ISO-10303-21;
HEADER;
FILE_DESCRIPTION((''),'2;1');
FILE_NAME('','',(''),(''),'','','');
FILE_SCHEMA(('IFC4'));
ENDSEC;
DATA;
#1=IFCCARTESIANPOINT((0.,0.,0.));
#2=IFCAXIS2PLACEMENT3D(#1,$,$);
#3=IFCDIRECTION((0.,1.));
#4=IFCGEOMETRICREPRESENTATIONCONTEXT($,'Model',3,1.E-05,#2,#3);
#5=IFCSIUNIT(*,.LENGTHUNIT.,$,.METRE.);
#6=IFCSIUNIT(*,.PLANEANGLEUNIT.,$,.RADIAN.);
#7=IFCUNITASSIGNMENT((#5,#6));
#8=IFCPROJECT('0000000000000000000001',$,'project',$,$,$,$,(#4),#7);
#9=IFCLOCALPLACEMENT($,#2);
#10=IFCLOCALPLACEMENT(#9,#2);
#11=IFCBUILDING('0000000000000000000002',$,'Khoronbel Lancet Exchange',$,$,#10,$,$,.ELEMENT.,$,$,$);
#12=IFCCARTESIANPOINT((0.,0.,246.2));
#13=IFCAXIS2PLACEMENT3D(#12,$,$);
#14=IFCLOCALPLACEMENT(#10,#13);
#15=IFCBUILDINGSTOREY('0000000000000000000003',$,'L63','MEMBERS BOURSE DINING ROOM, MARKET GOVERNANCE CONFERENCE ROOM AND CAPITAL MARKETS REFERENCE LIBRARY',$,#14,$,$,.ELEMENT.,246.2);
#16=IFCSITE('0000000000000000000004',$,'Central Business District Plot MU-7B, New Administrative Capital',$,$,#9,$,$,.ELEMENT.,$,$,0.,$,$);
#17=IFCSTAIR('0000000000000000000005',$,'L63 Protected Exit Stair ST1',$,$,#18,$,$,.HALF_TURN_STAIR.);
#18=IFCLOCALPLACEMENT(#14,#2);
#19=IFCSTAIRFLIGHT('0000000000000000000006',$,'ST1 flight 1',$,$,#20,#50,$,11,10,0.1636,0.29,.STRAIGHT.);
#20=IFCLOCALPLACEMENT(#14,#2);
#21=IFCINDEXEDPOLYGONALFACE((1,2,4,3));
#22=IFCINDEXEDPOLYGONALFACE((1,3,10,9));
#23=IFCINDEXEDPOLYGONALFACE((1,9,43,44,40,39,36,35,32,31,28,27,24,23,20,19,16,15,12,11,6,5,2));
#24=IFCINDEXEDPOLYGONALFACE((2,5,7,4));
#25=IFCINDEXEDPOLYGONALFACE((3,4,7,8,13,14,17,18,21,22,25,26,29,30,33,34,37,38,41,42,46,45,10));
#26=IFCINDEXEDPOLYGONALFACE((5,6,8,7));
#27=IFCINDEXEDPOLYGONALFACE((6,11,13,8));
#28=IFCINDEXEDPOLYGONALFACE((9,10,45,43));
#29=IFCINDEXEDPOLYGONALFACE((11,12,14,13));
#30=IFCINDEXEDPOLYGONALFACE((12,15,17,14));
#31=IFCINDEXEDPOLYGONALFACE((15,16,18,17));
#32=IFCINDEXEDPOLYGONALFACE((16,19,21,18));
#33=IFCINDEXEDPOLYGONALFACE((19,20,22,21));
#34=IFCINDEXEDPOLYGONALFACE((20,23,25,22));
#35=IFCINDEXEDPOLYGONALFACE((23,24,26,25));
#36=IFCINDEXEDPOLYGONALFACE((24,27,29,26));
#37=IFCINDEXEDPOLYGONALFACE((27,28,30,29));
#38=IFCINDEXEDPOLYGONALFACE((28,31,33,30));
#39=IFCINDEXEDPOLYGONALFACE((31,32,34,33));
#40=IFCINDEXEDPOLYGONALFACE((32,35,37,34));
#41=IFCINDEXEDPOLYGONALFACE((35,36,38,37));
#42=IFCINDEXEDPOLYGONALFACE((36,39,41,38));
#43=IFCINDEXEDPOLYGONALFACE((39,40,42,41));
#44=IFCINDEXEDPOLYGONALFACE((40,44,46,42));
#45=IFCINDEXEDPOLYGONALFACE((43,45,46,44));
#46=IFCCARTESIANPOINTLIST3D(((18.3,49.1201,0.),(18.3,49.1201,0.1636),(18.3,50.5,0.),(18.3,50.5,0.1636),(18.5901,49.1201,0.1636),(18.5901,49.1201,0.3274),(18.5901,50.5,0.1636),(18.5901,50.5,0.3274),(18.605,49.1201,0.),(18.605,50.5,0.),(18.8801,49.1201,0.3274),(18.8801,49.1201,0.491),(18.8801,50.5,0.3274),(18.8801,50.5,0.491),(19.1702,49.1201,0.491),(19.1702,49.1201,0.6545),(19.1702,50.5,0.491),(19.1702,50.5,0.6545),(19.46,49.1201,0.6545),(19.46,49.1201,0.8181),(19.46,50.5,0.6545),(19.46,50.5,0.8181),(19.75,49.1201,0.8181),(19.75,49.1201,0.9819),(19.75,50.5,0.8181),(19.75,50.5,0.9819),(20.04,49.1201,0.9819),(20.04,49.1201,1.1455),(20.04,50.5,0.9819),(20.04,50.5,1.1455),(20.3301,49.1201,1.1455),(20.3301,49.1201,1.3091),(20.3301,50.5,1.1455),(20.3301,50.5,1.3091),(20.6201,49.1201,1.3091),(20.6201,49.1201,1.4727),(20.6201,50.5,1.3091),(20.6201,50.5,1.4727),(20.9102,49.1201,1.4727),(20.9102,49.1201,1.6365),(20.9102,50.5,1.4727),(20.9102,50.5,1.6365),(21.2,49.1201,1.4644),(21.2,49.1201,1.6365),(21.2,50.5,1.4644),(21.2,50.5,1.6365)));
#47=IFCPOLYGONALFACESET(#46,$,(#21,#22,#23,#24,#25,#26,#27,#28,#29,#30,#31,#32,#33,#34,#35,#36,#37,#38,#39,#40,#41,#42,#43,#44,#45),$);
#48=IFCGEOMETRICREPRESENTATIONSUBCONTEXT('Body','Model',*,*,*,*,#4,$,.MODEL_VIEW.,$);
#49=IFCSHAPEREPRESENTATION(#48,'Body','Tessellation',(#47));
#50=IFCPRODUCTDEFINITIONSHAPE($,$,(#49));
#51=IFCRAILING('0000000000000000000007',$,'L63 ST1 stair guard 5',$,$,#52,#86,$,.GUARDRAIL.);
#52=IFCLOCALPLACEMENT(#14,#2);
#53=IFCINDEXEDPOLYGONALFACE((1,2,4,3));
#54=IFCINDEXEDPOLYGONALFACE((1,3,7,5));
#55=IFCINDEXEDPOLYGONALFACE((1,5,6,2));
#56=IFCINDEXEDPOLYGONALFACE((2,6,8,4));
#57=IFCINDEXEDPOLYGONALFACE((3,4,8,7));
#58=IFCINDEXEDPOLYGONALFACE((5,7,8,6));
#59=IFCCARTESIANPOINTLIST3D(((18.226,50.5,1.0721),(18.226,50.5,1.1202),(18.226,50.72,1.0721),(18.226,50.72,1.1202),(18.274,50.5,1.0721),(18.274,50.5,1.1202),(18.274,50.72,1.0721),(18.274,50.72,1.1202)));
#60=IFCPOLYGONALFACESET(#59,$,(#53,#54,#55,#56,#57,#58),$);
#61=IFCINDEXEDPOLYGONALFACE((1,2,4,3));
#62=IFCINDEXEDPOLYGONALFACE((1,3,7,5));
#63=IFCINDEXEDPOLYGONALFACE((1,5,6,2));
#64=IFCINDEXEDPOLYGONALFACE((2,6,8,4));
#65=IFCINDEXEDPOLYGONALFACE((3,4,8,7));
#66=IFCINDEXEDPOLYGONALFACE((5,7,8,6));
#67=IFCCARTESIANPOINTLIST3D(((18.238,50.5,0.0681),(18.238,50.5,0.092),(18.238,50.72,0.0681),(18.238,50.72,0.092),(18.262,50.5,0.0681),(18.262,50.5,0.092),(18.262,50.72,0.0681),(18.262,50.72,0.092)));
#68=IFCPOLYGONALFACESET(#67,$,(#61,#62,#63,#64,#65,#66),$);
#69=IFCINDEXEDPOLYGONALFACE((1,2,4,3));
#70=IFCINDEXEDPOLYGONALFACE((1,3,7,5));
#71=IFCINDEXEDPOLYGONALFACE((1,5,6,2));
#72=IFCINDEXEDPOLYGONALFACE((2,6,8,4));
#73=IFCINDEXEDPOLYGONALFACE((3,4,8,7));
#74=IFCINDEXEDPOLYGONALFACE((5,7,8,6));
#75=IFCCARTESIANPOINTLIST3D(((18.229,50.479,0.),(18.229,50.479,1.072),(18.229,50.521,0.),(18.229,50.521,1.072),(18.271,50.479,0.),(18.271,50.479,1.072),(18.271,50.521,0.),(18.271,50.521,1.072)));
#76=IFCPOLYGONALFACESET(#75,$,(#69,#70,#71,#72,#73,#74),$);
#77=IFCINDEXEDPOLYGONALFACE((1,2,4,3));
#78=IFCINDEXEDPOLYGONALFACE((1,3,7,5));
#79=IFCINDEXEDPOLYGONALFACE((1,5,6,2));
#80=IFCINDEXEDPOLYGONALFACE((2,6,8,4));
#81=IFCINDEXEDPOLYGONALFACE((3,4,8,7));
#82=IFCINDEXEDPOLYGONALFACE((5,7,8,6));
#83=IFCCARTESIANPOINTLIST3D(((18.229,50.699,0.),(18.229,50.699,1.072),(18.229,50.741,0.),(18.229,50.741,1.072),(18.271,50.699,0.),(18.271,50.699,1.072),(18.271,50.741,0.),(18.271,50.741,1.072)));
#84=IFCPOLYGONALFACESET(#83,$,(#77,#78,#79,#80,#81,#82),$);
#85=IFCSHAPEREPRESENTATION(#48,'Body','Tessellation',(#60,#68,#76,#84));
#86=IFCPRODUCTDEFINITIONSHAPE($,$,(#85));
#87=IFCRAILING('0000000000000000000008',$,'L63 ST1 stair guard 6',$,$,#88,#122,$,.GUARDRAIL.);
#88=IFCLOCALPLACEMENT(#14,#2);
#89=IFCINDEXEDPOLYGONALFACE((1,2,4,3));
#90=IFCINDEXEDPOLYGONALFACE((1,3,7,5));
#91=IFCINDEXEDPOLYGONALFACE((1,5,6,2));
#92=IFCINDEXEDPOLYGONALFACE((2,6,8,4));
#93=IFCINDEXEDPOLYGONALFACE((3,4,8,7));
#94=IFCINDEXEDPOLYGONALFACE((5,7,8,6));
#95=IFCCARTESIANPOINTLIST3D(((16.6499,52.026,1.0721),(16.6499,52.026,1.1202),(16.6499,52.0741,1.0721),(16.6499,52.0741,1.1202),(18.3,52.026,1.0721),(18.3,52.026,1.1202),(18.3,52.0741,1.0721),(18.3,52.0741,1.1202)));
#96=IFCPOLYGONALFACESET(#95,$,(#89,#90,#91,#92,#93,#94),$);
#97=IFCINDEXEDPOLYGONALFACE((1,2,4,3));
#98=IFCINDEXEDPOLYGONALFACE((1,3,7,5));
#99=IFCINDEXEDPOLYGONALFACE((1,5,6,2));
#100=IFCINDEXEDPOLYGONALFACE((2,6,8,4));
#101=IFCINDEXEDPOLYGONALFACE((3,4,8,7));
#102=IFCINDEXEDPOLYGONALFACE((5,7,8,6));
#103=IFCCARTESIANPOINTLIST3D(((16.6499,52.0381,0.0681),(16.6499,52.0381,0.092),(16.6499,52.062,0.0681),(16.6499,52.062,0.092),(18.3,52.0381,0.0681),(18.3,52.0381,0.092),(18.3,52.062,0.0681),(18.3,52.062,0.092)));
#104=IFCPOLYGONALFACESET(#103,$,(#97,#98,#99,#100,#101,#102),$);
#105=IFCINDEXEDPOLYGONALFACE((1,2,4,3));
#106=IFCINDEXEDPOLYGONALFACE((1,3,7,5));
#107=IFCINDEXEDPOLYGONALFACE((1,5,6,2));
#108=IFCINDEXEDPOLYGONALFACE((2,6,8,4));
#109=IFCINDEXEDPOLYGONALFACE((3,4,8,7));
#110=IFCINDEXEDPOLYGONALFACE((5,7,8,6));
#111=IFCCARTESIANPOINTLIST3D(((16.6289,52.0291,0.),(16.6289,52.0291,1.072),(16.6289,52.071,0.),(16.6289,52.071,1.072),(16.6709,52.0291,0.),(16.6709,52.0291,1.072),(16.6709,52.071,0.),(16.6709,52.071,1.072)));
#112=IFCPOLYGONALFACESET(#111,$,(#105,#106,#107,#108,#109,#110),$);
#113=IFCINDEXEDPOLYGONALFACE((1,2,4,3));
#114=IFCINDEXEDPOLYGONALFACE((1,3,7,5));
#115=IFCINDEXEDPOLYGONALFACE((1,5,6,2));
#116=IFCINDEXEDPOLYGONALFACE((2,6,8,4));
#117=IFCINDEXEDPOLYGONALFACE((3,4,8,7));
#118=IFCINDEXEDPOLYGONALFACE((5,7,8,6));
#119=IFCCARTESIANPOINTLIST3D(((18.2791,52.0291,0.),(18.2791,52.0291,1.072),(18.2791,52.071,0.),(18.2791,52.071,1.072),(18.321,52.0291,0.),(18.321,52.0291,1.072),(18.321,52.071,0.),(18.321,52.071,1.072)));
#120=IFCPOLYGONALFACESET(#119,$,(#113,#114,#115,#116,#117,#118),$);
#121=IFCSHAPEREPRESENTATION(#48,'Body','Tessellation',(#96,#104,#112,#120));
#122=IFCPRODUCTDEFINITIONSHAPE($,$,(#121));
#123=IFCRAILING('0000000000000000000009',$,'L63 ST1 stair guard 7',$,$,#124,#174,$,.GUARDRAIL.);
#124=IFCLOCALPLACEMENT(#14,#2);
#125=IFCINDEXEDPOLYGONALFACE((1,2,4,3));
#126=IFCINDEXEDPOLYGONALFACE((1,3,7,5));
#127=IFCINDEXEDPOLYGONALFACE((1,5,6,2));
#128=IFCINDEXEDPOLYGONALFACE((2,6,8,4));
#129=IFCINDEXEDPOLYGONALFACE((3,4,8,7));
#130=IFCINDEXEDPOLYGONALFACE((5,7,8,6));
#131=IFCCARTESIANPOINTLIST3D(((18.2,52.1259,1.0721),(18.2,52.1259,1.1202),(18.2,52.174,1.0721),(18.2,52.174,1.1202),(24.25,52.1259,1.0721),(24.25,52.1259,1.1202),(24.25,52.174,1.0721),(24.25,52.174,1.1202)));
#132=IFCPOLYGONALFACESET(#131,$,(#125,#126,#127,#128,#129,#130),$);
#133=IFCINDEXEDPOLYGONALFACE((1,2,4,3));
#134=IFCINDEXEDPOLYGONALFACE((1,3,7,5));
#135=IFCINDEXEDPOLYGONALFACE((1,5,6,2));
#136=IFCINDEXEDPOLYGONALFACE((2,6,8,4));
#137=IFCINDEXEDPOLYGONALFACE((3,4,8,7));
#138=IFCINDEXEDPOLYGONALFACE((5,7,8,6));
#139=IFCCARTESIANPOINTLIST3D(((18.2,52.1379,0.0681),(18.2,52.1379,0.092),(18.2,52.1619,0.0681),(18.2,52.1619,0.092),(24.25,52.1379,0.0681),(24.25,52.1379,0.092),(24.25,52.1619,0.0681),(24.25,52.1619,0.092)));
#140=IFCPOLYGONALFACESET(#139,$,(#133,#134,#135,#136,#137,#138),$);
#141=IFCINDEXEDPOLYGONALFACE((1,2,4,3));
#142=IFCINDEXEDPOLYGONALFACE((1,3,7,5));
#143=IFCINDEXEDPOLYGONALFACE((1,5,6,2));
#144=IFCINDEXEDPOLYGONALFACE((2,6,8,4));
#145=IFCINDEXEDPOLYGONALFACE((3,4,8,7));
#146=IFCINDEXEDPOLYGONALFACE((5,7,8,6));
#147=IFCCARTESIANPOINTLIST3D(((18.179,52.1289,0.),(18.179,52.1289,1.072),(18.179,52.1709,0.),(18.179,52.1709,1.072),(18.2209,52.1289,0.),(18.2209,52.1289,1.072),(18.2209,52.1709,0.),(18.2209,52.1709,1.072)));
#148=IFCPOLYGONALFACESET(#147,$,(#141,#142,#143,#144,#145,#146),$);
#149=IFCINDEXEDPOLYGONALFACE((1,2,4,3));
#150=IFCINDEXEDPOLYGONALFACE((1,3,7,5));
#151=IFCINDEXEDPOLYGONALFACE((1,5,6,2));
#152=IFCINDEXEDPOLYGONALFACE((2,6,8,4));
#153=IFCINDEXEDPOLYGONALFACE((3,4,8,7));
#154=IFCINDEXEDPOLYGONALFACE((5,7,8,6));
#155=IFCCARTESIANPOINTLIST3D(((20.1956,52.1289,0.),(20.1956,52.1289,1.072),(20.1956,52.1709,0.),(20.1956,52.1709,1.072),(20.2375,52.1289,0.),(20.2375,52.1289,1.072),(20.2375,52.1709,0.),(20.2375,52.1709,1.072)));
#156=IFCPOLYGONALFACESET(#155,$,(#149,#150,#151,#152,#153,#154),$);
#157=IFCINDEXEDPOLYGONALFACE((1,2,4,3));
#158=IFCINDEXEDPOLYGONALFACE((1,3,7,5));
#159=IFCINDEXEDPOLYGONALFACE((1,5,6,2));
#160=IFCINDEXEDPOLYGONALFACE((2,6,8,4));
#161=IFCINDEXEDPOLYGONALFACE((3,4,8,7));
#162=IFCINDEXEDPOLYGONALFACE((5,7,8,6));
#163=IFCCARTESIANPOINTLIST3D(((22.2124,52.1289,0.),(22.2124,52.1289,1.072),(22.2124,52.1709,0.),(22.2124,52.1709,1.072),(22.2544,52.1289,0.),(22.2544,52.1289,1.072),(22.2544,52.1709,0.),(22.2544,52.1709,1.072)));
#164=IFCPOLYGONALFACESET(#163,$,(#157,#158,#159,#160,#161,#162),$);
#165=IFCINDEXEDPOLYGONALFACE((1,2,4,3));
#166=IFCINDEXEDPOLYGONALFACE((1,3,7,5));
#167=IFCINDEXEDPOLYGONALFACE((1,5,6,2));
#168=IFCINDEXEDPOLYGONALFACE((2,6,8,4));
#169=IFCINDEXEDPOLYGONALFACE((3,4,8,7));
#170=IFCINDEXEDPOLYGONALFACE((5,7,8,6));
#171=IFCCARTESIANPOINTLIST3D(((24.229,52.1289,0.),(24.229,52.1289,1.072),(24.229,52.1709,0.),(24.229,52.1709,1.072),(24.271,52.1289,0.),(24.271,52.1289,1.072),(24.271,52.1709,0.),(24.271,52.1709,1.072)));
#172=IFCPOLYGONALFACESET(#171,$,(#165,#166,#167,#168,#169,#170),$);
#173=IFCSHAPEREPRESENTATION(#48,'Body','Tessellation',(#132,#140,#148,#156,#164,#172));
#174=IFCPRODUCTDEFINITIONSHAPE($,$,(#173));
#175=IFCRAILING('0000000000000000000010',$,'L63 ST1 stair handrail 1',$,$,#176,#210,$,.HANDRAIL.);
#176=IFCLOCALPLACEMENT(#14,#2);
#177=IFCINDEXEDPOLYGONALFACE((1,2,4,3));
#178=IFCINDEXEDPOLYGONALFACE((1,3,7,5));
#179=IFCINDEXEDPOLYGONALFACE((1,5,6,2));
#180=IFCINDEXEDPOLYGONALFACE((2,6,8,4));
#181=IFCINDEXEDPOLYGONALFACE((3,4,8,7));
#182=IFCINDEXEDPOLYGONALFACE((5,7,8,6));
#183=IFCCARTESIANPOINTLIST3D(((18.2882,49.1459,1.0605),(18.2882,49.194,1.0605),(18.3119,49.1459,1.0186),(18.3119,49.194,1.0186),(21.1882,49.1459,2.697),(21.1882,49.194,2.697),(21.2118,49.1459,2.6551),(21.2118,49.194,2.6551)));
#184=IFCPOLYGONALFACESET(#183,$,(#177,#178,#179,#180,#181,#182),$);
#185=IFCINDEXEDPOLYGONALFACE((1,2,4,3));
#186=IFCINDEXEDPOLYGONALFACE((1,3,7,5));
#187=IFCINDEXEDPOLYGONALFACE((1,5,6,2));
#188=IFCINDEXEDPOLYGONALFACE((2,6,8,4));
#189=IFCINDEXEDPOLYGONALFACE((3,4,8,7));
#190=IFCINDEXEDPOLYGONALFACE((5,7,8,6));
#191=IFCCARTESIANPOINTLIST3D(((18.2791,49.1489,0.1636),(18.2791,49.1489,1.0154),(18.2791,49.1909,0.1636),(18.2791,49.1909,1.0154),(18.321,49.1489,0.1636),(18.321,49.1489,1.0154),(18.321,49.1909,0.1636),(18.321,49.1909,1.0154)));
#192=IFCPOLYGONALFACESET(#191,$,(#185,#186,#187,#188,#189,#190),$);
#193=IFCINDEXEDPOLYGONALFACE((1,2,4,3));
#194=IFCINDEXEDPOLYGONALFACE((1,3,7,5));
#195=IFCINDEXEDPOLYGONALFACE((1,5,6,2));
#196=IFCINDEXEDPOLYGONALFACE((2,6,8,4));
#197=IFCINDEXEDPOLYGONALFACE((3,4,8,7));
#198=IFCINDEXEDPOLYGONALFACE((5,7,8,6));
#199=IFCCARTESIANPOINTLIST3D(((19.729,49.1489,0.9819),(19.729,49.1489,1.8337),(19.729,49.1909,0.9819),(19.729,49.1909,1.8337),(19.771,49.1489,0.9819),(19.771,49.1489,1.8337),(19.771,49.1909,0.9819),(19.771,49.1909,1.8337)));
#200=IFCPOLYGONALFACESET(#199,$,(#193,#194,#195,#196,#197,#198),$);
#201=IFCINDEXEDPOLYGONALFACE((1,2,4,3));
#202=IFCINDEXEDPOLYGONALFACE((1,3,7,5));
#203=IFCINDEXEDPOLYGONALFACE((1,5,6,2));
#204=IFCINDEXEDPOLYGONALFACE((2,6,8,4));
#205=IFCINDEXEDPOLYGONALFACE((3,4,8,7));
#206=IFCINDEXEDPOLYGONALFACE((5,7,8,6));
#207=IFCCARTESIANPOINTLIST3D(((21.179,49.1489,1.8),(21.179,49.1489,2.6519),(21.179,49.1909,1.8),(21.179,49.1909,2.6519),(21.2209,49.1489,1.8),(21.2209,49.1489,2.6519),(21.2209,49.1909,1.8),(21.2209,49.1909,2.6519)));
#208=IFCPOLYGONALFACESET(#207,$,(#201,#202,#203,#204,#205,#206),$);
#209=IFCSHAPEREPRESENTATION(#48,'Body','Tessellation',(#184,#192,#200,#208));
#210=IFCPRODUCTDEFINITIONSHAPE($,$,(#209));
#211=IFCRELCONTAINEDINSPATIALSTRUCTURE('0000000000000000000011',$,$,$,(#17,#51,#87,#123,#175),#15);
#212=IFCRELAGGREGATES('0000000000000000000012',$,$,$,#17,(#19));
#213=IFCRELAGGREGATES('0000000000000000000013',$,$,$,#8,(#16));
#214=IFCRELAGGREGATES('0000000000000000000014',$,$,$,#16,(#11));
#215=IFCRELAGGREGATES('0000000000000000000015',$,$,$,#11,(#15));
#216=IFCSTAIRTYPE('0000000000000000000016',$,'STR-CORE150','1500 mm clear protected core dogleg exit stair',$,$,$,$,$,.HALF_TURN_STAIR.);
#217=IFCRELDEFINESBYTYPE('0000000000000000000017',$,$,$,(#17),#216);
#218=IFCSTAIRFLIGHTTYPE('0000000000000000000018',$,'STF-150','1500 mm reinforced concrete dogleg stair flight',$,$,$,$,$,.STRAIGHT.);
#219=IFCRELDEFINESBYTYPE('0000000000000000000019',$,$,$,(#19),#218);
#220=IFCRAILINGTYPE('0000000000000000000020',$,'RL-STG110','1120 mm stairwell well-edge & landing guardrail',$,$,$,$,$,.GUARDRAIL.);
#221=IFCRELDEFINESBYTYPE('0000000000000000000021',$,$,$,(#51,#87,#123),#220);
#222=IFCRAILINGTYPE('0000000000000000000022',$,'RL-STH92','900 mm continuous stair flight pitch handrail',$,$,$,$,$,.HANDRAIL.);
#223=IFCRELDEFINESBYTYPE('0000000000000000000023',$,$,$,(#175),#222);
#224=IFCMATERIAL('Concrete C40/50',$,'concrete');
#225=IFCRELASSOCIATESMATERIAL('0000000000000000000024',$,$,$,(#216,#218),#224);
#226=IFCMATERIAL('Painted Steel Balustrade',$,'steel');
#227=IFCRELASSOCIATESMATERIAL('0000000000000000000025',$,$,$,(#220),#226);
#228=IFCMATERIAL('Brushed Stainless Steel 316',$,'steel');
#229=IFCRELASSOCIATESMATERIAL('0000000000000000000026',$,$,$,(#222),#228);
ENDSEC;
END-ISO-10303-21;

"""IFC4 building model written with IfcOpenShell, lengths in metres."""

from ifc_helpers import new_model, si_unit, direction, frame, origin, origin_2d, place, context, subcontext, project, spatial, polyline, rectangle, outline, extrude, material, type_object, element, aggregate, save


model = new_model("IFC4")

# Units and contexts
model_context = context("Model", 3, precision=1e-05, world=origin(), true_north=direction((0.0, 1.0)))
body_context = subcontext(model_context, "Body", "Model", "MODEL_VIEW")
ifc_project = project(units=[si_unit("LENGTHUNIT", "METRE"), si_unit("PLANEANGLEUNIT", "RADIAN")], contexts=[model_context])

# Site, building, storey
site_placement = place(None, origin())
site = spatial("IfcSite", under=ifc_project, at=site_placement, Name="Central Business District Plot MU-7B, New Administrative Capital", CompositionType="ELEMENT", RefElevation=0.0)
building_placement = place(site_placement, origin())
building = spatial("IfcBuilding", under=site, at=building_placement, Name="Khoronbel Lancet Exchange", CompositionType="ELEMENT")
storey_placement = place(building_placement, frame((0.0, 0.0, 246.2)))
storey = spatial("IfcBuildingStorey", under=building, at=storey_placement, Name="L63", Description="MEMBERS BOURSE DINING ROOM, MARKET GOVERNANCE CONFERENCE ROOM AND CAPITAL MARKETS REFERENCE LIBRARY", CompositionType="ELEMENT", Elevation=246.2)

# Stair, stair flight
ifc_material_1 = material(Name="Concrete C40/50", Category="concrete")
stair_type = type_object("IfcStairType", Name="STR-CORE150", Description="1500 mm clear protected core dogleg exit stair", PredefinedType="HALF_TURN_STAIR", material=ifc_material_1)
stair_placement = place(storey_placement, origin())
stair = element("IfcStair", 1, at=stair_placement, inside=storey, type_object=stair_type, Name="L63 Protected Exit Stair ST1", PredefinedType="HALF_TURN_STAIR")
stair_flight_type = type_object("IfcStairFlightType", Name="STF-150", Description="1500 mm reinforced concrete dogleg stair flight", PredefinedType="STRAIGHT", material=ifc_material_1)
stair_flight_placement = place(storey_placement, frame((18.3, 49.8101, 0.0), z_axis=(0.0, 0.0, 1.0), x_axis=(1.0, 0.0, 0.0)))
stair_flight = element("IfcStairFlight", 2, at=stair_flight_placement, type_object=stair_flight_type, Name="ST1 flight 1", NumberOfRisers=11, NumberOfTreads=10, PredefinedType="STRAIGHT", RiserHeight=0.1636, TreadLength=0.29, context=body_context, shape_type="SweptSolid", body=[
    extrude(outline(polyline([(0.0, 0.0), (0.0, 0.1636), (0.29, 0.1636), (0.29, 0.3274), (0.5801, 0.3274), (0.5801, 0.491), (0.8701, 0.491), (0.8701, 0.6545), (1.1599, 0.6545), (1.1599, 0.8181), (1.45, 0.8181), (1.45, 0.9819), (1.74, 0.9819), (1.74, 1.1455), (2.03, 1.1455), (2.03, 1.3091), (2.3201, 1.3091), (2.3201, 1.4727), (2.6101, 1.4727), (2.6101, 1.6365), (2.8999, 1.6365), (2.8999, 1.8), (2.8999, 1.4644), (0.3049, 0.0), (0.0, 0.0)])), frame((0.0, 0.6899, 0.0), z_axis=(0.0, -1.0, 0.0), x_axis=(1.0, 0.0, 0.0)), (0.0, 0.0, 1.0), 1.3799),
])
aggregate(stair, [stair_flight])

# Railings
ifc_material_2 = material(Name="Painted Steel Balustrade", Category="steel")
railing_type_1 = type_object("IfcRailingType", Name="RL-STG110", Description="1120 mm stairwell well-edge & landing guardrail", PredefinedType="GUARDRAIL", material=ifc_material_2)
railing_1_placement = place(storey_placement, frame((18.25, 50.5, 0.0)))
element("IfcRailing", 3, at=railing_1_placement, inside=storey, type_object=railing_type_1, Name="L63 ST1 stair guard 5", PredefinedType="GUARDRAIL", context=body_context, shape_type="SweptSolid", body=[
    extrude(rectangle(XDim=0.0481, YDim=0.0481, at=origin_2d()), frame((0.0, 0.0, 1.0962), z_axis=(0.0, 1.0, 0.0), x_axis=(-1.0, 0.0, 0.0)), (0.0, 0.0, 1.0), 0.22),
    extrude(rectangle(XDim=0.0239, YDim=0.0239, at=origin_2d()), frame((0.0, 0.0, 0.0801), z_axis=(0.0, 1.0, 0.0), x_axis=(-1.0, 0.0, 0.0)), (0.0, 0.0, 1.0), 0.22),
    extrude(rectangle(XDim=0.042, YDim=0.042, at=origin_2d()), origin(), (0.0, 0.0, 1.0), 1.072),
    extrude(rectangle(XDim=0.042, YDim=0.042, at=origin_2d()), frame((0.0, 0.22, 0.0)), (0.0, 0.0, 1.0), 1.072),
])
railing_2_placement = place(storey_placement, frame((16.6499, 52.05, 0.0)))
element("IfcRailing", 4, at=railing_2_placement, inside=storey, type_object=railing_type_1, Name="L63 ST1 stair guard 6", PredefinedType="GUARDRAIL", context=body_context, shape_type="SweptSolid", body=[
    extrude(rectangle(XDim=0.0481, YDim=0.0481, at=origin_2d()), frame((0.0, 0.0, 1.0962), z_axis=(1.0, 0.0, 0.0), x_axis=(0.0, 1.0, 0.0)), (0.0, 0.0, 1.0), 1.6501),
    extrude(rectangle(XDim=0.0239, YDim=0.0239, at=origin_2d()), frame((0.0, 0.0, 0.0801), z_axis=(1.0, 0.0, 0.0), x_axis=(0.0, 1.0, 0.0)), (0.0, 0.0, 1.0), 1.6501),
    extrude(rectangle(XDim=0.042, YDim=0.042, at=origin_2d()), origin(), (0.0, 0.0, 1.0), 1.072),
    extrude(rectangle(XDim=0.042, YDim=0.042, at=origin_2d()), frame((1.6501, 0.0, 0.0)), (0.0, 0.0, 1.0), 1.072),
])
railing_3_placement = place(storey_placement, frame((18.2, 52.1499, 0.0)))
element("IfcRailing", 5, at=railing_3_placement, inside=storey, type_object=railing_type_1, Name="L63 ST1 stair guard 7", PredefinedType="GUARDRAIL", context=body_context, shape_type="SweptSolid", body=[
    extrude(rectangle(XDim=0.0481, YDim=0.0481, at=origin_2d()), frame((0.0, 0.0, 1.0962), z_axis=(1.0, 0.0, 0.0), x_axis=(0.0, 1.0, 0.0)), (0.0, 0.0, 1.0), 6.05),
    extrude(rectangle(XDim=0.0239, YDim=0.0239, at=origin_2d()), frame((0.0, 0.0, 0.0801), z_axis=(1.0, 0.0, 0.0), x_axis=(0.0, 1.0, 0.0)), (0.0, 0.0, 1.0), 6.05),
    extrude(rectangle(XDim=0.042, YDim=0.042, at=origin_2d()), origin(), (0.0, 0.0, 1.0), 1.072),
    extrude(rectangle(XDim=0.042, YDim=0.042, at=origin_2d()), frame((2.0166, 0.0, 0.0)), (0.0, 0.0, 1.0), 1.072),
    extrude(rectangle(XDim=0.042, YDim=0.042, at=origin_2d()), frame((4.0334, 0.0, 0.0)), (0.0, 0.0, 1.0), 1.072),
    extrude(rectangle(XDim=0.042, YDim=0.042, at=origin_2d()), frame((6.05, 0.0, 0.0)), (0.0, 0.0, 1.0), 1.072),
])
ifc_material_3 = material(Name="Brushed Stainless Steel 316", Category="steel")
railing_type_2 = type_object("IfcRailingType", Name="RL-STH92", Description="900 mm continuous stair flight pitch handrail", PredefinedType="HANDRAIL", material=ifc_material_3)
railing_4_placement = place(storey_placement, frame((18.3, 49.1699, 0.1636)))
element("IfcRailing", 6, at=railing_4_placement, inside=storey, type_object=railing_type_2, Name="L63 ST1 stair handrail 1", PredefinedType="HANDRAIL", context=body_context, shape_type="SweptSolid", body=[
    extrude(rectangle(XDim=0.0481, YDim=0.0481, at=origin_2d()), frame((0.0, 0.0, 0.876), z_axis=(0.870897, 0.0, 0.491465), x_axis=(0.0, 1.0, 0.0)), (0.0, 0.0, 1.0), 3.3298),
    extrude(rectangle(XDim=0.042, YDim=0.042, at=origin_2d()), origin(), (0.0, 0.0, 1.0), 0.8518),
    extrude(rectangle(XDim=0.042, YDim=0.042, at=origin_2d()), frame((1.45, 0.0, 0.8184)), (0.0, 0.0, 1.0), 0.8518),
    extrude(rectangle(XDim=0.042, YDim=0.042, at=origin_2d()), frame((2.8999, 0.0, 1.6365)), (0.0, 0.0, 1.0), 0.8518),
])

save(model, "model.ifc")
